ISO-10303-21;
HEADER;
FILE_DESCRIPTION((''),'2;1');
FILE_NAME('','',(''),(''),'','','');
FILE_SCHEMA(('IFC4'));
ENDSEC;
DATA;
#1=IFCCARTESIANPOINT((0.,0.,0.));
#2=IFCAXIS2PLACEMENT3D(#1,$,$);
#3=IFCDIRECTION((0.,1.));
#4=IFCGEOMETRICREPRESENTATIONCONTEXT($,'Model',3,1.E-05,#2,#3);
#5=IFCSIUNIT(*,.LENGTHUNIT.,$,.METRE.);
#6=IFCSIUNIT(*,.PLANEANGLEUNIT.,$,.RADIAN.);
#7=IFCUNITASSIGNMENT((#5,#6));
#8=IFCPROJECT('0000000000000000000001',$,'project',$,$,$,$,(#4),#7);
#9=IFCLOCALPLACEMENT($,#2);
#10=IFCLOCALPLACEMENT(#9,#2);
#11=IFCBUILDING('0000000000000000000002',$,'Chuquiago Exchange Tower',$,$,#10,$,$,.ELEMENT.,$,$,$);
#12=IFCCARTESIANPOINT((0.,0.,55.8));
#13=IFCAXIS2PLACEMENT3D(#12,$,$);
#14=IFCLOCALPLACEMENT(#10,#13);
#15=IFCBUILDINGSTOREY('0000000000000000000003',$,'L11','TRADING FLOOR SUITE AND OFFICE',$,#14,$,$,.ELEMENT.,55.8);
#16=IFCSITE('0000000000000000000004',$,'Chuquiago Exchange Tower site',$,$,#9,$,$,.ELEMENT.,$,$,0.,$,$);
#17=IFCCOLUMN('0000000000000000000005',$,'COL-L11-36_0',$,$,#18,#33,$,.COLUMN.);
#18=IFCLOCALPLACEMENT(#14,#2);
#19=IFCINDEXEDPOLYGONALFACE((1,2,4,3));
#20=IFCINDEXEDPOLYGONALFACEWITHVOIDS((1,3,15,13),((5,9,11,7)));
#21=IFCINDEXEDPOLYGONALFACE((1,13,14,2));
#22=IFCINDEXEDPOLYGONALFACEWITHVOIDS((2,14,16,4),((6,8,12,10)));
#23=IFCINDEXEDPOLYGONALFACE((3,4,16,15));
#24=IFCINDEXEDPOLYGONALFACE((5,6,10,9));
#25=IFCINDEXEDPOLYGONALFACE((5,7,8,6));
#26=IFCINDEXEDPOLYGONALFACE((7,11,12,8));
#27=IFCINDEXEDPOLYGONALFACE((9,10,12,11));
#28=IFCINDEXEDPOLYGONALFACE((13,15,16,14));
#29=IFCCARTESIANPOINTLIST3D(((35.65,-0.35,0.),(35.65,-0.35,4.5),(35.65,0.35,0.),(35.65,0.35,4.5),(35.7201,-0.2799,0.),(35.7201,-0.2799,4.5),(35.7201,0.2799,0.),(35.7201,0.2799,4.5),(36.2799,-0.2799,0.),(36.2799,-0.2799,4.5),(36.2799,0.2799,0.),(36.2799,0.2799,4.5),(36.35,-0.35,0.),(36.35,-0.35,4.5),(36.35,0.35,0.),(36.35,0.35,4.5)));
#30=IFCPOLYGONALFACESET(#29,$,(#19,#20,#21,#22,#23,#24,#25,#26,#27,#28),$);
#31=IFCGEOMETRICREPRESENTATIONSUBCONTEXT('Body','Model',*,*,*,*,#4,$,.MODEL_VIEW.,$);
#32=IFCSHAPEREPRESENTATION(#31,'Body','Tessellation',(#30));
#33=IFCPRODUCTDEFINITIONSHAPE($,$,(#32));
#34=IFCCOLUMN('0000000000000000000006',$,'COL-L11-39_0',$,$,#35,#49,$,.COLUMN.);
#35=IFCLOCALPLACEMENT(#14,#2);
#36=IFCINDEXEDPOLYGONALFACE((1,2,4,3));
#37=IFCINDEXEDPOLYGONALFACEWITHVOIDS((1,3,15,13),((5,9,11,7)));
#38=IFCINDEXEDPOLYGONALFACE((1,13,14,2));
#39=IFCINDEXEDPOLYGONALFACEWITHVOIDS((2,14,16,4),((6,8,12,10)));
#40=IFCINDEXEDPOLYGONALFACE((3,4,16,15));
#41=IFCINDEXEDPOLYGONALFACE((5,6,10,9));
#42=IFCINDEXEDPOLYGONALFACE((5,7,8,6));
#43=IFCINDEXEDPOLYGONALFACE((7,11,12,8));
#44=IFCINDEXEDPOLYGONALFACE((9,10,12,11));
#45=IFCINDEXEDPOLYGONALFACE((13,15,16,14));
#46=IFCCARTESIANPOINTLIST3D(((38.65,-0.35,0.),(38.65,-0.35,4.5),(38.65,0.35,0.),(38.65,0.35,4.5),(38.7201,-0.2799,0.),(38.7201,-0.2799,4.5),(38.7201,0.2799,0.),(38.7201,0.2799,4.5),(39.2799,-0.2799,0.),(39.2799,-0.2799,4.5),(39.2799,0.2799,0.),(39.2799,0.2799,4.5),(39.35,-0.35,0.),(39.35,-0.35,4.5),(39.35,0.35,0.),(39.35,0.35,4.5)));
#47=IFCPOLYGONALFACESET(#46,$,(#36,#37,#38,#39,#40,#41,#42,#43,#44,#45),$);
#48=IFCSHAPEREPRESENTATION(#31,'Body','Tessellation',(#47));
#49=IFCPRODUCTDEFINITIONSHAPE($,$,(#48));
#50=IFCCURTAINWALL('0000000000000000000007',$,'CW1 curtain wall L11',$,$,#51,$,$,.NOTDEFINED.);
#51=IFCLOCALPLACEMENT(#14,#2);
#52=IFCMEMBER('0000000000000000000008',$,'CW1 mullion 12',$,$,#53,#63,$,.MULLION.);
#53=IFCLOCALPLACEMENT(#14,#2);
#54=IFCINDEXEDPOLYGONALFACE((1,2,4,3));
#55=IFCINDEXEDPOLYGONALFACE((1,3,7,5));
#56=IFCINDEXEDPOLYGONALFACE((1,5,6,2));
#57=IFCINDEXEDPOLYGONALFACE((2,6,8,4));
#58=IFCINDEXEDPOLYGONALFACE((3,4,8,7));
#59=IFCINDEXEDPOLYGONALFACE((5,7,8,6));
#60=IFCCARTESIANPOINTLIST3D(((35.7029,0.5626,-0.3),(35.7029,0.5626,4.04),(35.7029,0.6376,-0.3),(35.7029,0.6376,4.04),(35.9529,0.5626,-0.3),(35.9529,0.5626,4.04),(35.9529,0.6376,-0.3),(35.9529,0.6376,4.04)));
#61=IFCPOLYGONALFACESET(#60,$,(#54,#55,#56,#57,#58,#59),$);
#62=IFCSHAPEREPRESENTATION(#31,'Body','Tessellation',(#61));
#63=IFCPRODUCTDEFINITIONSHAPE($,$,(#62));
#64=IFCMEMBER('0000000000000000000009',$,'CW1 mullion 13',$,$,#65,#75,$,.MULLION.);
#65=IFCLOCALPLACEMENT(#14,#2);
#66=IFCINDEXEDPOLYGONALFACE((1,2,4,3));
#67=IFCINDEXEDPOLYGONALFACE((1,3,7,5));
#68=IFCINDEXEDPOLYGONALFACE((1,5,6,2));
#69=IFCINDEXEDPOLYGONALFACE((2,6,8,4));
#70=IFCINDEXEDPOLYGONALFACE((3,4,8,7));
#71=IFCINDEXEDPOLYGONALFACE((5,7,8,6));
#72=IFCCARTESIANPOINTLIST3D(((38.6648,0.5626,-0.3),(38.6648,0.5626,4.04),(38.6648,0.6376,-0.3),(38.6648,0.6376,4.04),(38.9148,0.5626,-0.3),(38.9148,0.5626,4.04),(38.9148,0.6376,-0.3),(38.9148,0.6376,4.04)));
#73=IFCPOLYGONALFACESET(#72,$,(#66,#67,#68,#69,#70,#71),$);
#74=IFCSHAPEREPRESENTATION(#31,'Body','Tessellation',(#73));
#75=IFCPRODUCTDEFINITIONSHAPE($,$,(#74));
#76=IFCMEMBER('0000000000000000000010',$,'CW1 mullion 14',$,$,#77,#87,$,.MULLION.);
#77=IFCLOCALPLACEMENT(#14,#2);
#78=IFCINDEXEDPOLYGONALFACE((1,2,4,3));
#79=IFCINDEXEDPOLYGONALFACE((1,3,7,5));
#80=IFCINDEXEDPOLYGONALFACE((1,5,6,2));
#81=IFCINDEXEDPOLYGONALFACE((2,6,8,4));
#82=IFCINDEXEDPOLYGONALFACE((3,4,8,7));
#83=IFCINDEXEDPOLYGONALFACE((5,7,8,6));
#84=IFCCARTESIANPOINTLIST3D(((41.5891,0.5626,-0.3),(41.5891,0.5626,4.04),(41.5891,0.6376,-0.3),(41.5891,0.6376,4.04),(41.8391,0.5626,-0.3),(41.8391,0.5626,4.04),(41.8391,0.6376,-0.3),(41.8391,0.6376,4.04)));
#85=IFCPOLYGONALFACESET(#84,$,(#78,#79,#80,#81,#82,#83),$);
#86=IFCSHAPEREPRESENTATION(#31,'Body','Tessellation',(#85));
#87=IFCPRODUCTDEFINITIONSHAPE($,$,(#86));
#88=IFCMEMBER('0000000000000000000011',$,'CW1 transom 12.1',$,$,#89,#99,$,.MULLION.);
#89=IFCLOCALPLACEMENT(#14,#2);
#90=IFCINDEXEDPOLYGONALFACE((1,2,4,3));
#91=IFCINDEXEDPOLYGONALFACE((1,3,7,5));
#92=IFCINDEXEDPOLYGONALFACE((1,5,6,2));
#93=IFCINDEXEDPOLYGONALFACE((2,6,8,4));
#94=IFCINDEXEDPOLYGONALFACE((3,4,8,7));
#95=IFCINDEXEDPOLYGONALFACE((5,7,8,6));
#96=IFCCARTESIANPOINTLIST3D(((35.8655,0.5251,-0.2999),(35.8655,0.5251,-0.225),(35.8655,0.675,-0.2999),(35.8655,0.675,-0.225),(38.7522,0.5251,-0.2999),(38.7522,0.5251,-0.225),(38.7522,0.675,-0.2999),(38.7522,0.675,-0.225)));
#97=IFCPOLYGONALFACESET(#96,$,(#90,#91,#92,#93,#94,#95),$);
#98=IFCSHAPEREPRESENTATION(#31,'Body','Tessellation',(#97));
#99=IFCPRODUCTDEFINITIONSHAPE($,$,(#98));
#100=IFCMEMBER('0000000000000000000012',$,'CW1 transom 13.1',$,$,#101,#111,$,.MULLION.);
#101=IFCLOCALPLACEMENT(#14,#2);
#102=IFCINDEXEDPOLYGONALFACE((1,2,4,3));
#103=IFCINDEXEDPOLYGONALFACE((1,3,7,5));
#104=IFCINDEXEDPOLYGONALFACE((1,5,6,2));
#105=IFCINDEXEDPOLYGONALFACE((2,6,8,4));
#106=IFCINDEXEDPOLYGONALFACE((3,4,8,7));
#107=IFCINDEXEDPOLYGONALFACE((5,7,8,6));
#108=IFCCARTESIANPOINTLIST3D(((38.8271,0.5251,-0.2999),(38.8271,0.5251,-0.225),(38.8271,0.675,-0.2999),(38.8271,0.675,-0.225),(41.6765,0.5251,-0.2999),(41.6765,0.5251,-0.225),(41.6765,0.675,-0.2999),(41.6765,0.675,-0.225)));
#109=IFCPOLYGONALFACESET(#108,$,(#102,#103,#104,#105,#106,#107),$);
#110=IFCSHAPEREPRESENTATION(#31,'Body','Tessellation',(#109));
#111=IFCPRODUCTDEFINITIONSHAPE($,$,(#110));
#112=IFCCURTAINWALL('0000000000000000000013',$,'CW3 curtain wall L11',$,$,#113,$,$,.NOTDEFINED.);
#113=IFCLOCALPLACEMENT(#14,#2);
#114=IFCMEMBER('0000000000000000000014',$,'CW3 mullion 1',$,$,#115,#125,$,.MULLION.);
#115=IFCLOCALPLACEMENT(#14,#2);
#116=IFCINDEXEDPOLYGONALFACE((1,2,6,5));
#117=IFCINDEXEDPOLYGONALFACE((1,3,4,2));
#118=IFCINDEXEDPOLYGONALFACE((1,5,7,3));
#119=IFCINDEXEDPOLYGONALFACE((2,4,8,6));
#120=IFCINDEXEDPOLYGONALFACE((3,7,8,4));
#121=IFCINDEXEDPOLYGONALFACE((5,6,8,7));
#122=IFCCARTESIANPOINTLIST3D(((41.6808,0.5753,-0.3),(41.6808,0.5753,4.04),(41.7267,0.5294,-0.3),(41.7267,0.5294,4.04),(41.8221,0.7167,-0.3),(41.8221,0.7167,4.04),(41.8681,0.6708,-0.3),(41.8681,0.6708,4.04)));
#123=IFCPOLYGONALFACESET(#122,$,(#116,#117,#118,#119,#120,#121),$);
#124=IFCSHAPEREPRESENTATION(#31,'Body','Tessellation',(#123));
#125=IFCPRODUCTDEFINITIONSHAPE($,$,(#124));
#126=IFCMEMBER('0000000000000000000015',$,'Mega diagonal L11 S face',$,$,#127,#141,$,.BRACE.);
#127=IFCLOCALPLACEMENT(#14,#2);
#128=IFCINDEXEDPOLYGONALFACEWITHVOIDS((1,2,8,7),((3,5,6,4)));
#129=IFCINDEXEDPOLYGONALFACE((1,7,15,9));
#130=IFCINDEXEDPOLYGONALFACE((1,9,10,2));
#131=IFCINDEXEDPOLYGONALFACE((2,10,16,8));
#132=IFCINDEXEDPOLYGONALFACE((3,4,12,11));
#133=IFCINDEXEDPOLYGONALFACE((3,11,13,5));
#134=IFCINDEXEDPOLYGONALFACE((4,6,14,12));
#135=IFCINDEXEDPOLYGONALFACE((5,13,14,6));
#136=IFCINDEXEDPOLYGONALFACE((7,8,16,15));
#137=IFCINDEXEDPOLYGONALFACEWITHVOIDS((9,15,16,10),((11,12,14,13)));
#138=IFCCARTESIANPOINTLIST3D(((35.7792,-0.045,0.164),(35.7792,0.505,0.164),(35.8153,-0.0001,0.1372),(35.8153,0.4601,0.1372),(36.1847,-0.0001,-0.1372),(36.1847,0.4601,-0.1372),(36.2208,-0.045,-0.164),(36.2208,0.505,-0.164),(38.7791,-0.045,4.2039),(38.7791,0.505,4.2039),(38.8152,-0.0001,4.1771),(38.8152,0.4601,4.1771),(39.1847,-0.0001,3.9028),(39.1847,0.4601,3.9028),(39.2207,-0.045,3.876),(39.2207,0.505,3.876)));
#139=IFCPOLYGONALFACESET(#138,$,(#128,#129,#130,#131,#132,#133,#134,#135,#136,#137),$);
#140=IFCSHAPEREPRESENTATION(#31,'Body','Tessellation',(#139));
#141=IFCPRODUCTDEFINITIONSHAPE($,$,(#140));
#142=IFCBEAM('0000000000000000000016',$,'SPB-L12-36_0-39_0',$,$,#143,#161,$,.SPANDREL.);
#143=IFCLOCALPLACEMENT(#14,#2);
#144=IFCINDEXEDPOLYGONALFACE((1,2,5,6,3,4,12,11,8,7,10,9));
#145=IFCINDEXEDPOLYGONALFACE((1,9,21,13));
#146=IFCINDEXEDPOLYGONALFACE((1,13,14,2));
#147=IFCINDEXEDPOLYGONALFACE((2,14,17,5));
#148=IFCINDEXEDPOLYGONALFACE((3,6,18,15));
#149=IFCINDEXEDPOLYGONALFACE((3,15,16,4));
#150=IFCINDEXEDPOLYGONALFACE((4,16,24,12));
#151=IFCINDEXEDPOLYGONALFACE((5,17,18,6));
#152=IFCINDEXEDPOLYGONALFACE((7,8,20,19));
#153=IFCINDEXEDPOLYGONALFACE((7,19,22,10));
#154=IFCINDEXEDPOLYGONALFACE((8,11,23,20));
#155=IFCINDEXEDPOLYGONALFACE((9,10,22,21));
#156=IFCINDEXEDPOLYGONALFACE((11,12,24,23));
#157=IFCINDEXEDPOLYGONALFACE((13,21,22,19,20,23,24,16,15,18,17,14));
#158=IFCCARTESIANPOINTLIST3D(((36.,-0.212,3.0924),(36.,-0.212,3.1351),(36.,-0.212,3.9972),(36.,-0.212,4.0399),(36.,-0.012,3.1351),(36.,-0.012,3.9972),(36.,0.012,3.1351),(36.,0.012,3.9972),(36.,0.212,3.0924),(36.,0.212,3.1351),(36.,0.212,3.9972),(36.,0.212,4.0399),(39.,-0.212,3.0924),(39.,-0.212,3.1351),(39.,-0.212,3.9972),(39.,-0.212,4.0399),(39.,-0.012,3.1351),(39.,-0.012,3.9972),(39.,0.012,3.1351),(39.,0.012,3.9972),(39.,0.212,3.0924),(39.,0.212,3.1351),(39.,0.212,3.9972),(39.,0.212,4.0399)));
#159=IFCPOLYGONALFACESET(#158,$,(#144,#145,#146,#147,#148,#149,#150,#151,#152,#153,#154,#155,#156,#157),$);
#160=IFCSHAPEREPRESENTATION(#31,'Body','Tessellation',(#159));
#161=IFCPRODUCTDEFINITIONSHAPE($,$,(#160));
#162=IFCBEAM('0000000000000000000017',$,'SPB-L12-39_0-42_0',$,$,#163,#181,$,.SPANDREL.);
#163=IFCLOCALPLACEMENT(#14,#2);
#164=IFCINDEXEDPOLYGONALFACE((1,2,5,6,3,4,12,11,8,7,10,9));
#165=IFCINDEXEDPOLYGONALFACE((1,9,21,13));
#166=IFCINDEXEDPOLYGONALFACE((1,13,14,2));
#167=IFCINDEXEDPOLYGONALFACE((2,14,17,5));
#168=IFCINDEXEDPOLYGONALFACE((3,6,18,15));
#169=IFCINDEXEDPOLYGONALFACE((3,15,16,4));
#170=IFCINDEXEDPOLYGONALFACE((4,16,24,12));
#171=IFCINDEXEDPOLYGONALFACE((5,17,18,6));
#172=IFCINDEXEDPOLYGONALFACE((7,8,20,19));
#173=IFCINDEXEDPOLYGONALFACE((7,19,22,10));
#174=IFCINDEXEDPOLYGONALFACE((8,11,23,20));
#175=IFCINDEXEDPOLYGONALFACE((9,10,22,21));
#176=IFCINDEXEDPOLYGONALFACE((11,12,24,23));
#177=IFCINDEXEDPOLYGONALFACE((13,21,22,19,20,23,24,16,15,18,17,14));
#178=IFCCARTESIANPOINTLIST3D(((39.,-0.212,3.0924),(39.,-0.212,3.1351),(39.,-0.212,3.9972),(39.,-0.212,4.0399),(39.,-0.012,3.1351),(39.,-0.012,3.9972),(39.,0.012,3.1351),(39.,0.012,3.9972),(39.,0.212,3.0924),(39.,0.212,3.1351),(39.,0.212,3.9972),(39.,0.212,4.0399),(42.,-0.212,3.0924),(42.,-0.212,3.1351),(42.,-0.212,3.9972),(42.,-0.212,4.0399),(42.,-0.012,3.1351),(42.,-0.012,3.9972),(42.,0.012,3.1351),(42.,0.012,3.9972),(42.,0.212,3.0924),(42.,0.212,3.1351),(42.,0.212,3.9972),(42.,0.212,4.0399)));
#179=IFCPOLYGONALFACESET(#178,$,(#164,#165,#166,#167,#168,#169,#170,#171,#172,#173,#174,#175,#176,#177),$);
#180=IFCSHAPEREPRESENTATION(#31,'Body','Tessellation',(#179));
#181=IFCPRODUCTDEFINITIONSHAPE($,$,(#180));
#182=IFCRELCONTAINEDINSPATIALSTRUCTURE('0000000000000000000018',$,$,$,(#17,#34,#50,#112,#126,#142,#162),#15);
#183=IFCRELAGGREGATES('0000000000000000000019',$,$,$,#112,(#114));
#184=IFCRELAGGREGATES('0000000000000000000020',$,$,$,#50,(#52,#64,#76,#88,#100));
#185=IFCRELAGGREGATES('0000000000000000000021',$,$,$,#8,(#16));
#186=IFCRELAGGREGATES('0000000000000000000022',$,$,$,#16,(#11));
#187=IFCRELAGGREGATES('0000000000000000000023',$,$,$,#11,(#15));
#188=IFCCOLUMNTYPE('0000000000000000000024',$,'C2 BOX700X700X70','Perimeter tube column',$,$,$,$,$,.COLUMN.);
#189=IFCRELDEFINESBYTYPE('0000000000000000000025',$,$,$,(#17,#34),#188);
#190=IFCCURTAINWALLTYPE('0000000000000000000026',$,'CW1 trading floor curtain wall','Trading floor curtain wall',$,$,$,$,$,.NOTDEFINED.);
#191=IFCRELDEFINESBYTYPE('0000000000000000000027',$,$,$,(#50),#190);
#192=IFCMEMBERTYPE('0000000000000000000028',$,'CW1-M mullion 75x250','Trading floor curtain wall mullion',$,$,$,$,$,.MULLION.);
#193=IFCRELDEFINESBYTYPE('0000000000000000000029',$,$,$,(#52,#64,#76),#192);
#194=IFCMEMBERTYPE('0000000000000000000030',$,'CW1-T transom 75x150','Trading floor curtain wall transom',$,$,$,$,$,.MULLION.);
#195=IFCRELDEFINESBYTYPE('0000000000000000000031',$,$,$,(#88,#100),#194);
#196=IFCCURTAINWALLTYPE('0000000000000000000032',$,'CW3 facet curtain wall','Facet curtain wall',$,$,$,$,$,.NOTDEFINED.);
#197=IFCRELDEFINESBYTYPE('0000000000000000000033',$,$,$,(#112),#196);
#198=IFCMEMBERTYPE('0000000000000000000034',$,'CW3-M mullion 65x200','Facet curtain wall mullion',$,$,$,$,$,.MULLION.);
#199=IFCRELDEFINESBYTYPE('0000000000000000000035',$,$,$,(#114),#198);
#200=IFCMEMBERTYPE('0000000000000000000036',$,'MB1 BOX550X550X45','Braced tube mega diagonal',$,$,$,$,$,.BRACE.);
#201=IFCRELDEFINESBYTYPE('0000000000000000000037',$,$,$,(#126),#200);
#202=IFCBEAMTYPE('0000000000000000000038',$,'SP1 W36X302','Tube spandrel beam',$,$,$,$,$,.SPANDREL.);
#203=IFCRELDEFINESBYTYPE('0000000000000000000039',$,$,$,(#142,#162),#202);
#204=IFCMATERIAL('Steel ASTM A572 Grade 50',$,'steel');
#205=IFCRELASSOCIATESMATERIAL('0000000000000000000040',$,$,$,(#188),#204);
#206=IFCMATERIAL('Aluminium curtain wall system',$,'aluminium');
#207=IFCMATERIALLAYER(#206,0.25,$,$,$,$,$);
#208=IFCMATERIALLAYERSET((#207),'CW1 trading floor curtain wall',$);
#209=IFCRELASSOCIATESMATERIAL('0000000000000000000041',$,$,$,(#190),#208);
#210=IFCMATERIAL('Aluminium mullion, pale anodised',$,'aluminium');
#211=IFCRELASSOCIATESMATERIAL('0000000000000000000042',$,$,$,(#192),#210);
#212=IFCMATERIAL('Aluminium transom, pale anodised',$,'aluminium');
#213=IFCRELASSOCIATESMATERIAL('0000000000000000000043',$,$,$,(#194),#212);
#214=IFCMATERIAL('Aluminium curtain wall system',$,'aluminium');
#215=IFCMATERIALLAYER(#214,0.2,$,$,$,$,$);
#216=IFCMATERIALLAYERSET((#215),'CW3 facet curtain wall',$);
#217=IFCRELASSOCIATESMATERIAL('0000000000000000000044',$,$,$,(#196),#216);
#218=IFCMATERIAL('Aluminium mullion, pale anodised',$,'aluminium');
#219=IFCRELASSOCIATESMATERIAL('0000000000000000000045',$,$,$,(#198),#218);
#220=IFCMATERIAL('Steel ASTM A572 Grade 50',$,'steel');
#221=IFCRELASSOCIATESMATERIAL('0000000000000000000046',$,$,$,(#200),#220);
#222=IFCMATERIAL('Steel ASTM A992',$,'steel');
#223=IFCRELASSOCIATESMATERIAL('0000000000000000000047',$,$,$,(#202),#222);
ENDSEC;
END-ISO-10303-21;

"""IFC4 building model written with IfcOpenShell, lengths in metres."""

from ifc_helpers import new_model, si_unit, direction, frame, origin, origin_2d, place, context, subcontext, project, spatial, rectangle, hollow_rectangle, i_section, extrude, material, layer, layer_set, material_profile, profile_set, type_object, element, aggregate, save


model = new_model("IFC4")

# Units and contexts
model_context = context("Model", 3, precision=1e-05, world=origin(), true_north=direction((0.0, 1.0)))
body_context = subcontext(model_context, "Body", "Model", "MODEL_VIEW")
ifc_project = project(units=[si_unit("LENGTHUNIT", "METRE"), si_unit("PLANEANGLEUNIT", "RADIAN")], contexts=[model_context])

# Site, building, storey
site_placement = place(None, origin())
site = spatial("IfcSite", under=ifc_project, at=site_placement, Name="Chuquiago Exchange Tower site", CompositionType="ELEMENT", RefElevation=0.0)
building_placement = place(site_placement, origin())
building = spatial("IfcBuilding", under=site, at=building_placement, Name="Chuquiago Exchange Tower", CompositionType="ELEMENT")
storey_placement = place(building_placement, frame((0.0, 0.0, 55.8)))
storey = spatial("IfcBuildingStorey", under=building, at=storey_placement, Name="L11", Description="TRADING FLOOR SUITE AND OFFICE", CompositionType="ELEMENT", Elevation=55.8)

# Columns
ifc_material_1 = material(Name="Steel ASTM A572 Grade 50", Category="steel")
ifc_material_profile_1 = material_profile(ifc_material_1, hollow_rectangle(XDim=0.7, YDim=0.7, WallThickness=0.0701, at=origin_2d()), Name="BOX700X700X70")
ifc_profile_set_1 = profile_set([ifc_material_profile_1], Name="Steel ASTM A572 Grade 50")
column_type = type_object("IfcColumnType", Name="C2 BOX700X700X70", Description="Perimeter tube column", PredefinedType="COLUMN", material=ifc_profile_set_1)
for number, where, z_axis, x_axis, name in (
    (1, (36.0, 0.0, 0.0), (0.0, 0.0, 1.0), (0.0, -1.0, 0.0), "COL-L11-36_0"),
    (2, (39.0, 0.0, 0.0), (0.0, 0.0, 1.0), (0.0, -1.0, 0.0), "COL-L11-39_0"),
):
    element("IfcColumn", number, at=place(storey_placement, frame(where, z_axis=z_axis, x_axis=x_axis)), inside=storey, type_object=column_type, Name=name, PredefinedType="COLUMN", context=body_context, shape_type="SweptSolid", body=[
        extrude(hollow_rectangle(XDim=0.7, YDim=0.7, WallThickness=0.0701, at=origin_2d()), origin(), (0.0, 0.0, 1.0), 4.5),
    ])

# Curtain wall, members
ifc_material_2 = material(Name="Aluminium curtain wall system", Category="aluminium")
ifc_layer_1 = layer(ifc_material_2, 0.25)
ifc_layer_set_1 = layer_set([ifc_layer_1], Name="CW1 trading floor curtain wall")
curtain_wall_type_1 = type_object("IfcCurtainWallType", Name="CW1 trading floor curtain wall", Description="Trading floor curtain wall", PredefinedType="NOTDEFINED", material=ifc_layer_set_1)
curtain_wall_1_placement = place(storey_placement, origin())
curtain_wall_1 = element("IfcCurtainWall", 3, at=curtain_wall_1_placement, inside=storey, type_object=curtain_wall_type_1, Name="CW1 curtain wall L11", PredefinedType="NOTDEFINED")
ifc_material_3 = material(Name="Aluminium mullion, pale anodised", Category="aluminium")
ifc_material_profile_2 = material_profile(ifc_material_3, rectangle(XDim=0.075, YDim=0.25, at=origin_2d()), Name="AL 75x250")
ifc_profile_set_2 = profile_set([ifc_material_profile_2], Name="Aluminium mullion, pale anodised")
member_type_1 = type_object("IfcMemberType", Name="CW1-M mullion 75x250", Description="Trading floor curtain wall mullion", PredefinedType="MULLION", material=ifc_profile_set_2)
member_1_placement = place(storey_placement, frame((35.8279, 0.6001, -0.3), z_axis=(0.0, 0.0, 1.0), x_axis=(0.0, 1.0, 0.0)))
member_1 = element("IfcMember", 4, at=member_1_placement, type_object=member_type_1, Name="CW1 mullion 12", PredefinedType="MULLION", context=body_context, shape_type="SweptSolid", body=[
    extrude(rectangle(XDim=0.075, YDim=0.25, at=origin_2d()), origin(), (0.0, 0.0, 1.0), 4.3401),
])
member_2_placement = place(storey_placement, frame((38.7898, 0.6001, -0.3), z_axis=(0.0, 0.0, 1.0), x_axis=(0.0, 1.0, 0.0)))
member_2 = element("IfcMember", 5, at=member_2_placement, type_object=member_type_1, Name="CW1 mullion 13", PredefinedType="MULLION", context=body_context, shape_type="SweptSolid", body=[
    extrude(rectangle(XDim=0.075, YDim=0.25, at=origin_2d()), origin(), (0.0, 0.0, 1.0), 4.3401),
])
member_3_placement = place(storey_placement, frame((41.7141, 0.6001, -0.3), z_axis=(0.0, 0.0, 1.0), x_axis=(0.0, 1.0, 0.0)))
member_3 = element("IfcMember", 6, at=member_3_placement, type_object=member_type_1, Name="CW1 mullion 14", PredefinedType="MULLION", context=body_context, shape_type="SweptSolid", body=[
    extrude(rectangle(XDim=0.075, YDim=0.25, at=origin_2d()), origin(), (0.0, 0.0, 1.0), 4.3401),
])
ifc_material_4 = material(Name="Aluminium transom, pale anodised", Category="aluminium")
ifc_material_profile_3 = material_profile(ifc_material_4, rectangle(XDim=0.1499, YDim=0.075, at=origin_2d()), Name="AL 150x75")
ifc_profile_set_3 = profile_set([ifc_material_profile_3], Name="Aluminium transom, pale anodised")
member_type_2 = type_object("IfcMemberType", Name="CW1-T transom 75x150", Description="Trading floor curtain wall transom", PredefinedType="MULLION", material=ifc_profile_set_3)
member_4_placement = place(storey_placement, frame((35.8655, 0.6001, -0.2625), z_axis=(1.0, 0.0, 0.0), x_axis=(0.0, 1.0, 0.0)))
member_4 = element("IfcMember", 7, at=member_4_placement, type_object=member_type_2, Name="CW1 transom 12.1", PredefinedType="MULLION", context=body_context, shape_type="SweptSolid", body=[
    extrude(rectangle(XDim=0.1499, YDim=0.075, at=origin_2d()), origin(), (0.0, 0.0, 1.0), 2.8867),
])
member_5_placement = place(storey_placement, frame((38.8271, 0.6001, -0.2625), z_axis=(1.0, 0.0, 0.0), x_axis=(0.0, 1.0, 0.0)))
member_5 = element("IfcMember", 8, at=member_5_placement, type_object=member_type_2, Name="CW1 transom 13.1", PredefinedType="MULLION", context=body_context, shape_type="SweptSolid", body=[
    extrude(rectangle(XDim=0.1499, YDim=0.075, at=origin_2d()), origin(), (0.0, 0.0, 1.0), 2.8494),
])

# Curtain wall, member
ifc_material_5 = material(Name="Aluminium curtain wall system", Category="aluminium")
ifc_layer_2 = layer(ifc_material_5, 0.2)
ifc_layer_set_2 = layer_set([ifc_layer_2], Name="CW3 facet curtain wall")
curtain_wall_type_2 = type_object("IfcCurtainWallType", Name="CW3 facet curtain wall", Description="Facet curtain wall", PredefinedType="NOTDEFINED", material=ifc_layer_set_2)
curtain_wall_2_placement = place(storey_placement, origin())
curtain_wall_2 = element("IfcCurtainWall", 9, at=curtain_wall_2_placement, inside=storey, type_object=curtain_wall_type_2, Name="CW3 curtain wall L11", PredefinedType="NOTDEFINED")
ifc_material_6 = material(Name="Aluminium mullion, pale anodised", Category="aluminium")
ifc_material_profile_4 = material_profile(ifc_material_6, rectangle(XDim=0.0649, YDim=0.2, at=origin_2d()), Name="AL 65x200")
ifc_profile_set_4 = profile_set([ifc_material_profile_4], Name="Aluminium mullion, pale anodised")
member_type_3 = type_object("IfcMemberType", Name="CW3-M mullion 65x200", Description="Facet curtain wall mullion", PredefinedType="MULLION", material=ifc_profile_set_4)
member_6_placement = place(storey_placement, frame((41.7744, 0.623, -0.3), z_axis=(0.0, 0.0, 1.0), x_axis=(-0.707107, 0.707107, 0.0)))
member_6 = element("IfcMember", 10, at=member_6_placement, type_object=member_type_3, Name="CW3 mullion 1", PredefinedType="MULLION", context=body_context, shape_type="SweptSolid", body=[
    extrude(rectangle(XDim=0.0649, YDim=0.2, at=origin_2d()), origin(), (0.0, 0.0, 1.0), 4.3401),
])
aggregate(curtain_wall_2, [member_6])

# Member
ifc_material_7 = material(Name="Steel ASTM A572 Grade 50", Category="steel")
ifc_material_profile_5 = material_profile(ifc_material_7, hollow_rectangle(XDim=0.55, YDim=0.55, WallThickness=0.0449, at=origin_2d()), Name="BOX550X550X45")
ifc_profile_set_5 = profile_set([ifc_material_profile_5], Name="Steel ASTM A572 Grade 50")
member_type_4 = type_object("IfcMemberType", Name="MB1 BOX550X550X45", Description="Braced tube mega diagonal", PredefinedType="BRACE", material=ifc_profile_set_5)
member_7_placement = place(storey_placement, frame((36.0, 0.23, 0.0), z_axis=(0.596174, 0.0, 0.802855), x_axis=(0.0, 1.0, 0.0)))
element("IfcMember", 11, at=member_7_placement, inside=storey, type_object=member_type_4, Name="Mega diagonal L11 S face", PredefinedType="BRACE", context=body_context, shape_type="SweptSolid", body=[
    extrude(hollow_rectangle(XDim=0.55, YDim=0.55, WallThickness=0.0449, at=origin_2d()), origin(), (0.0, 0.0, 1.0), 5.032),
])

# Beams
ifc_material_8 = material(Name="Steel ASTM A992", Category="steel")
ifc_material_profile_6 = material_profile(ifc_material_8, i_section(OverallWidth=0.4241, OverallDepth=0.9475, WebThickness=0.0239, FlangeThickness=0.0427, at=origin_2d()), Name="W36X302")
ifc_profile_set_6 = profile_set([ifc_material_profile_6], Name="Steel ASTM A992")
beam_type = type_object("IfcBeamType", Name="SP1 W36X302", Description="Tube spandrel beam", PredefinedType="SPANDREL", material=ifc_profile_set_6)
for number, where, z_axis, x_axis, name in (
    (12, (36.0, 0.0, 3.5662), (1.0, 0.0, 0.0), (0.0, 1.0, 0.0), "SPB-L12-36_0-39_0"),
    (13, (39.0, 0.0, 3.5662), (1.0, 0.0, 0.0), (0.0, 1.0, 0.0), "SPB-L12-39_0-42_0"),
):
    element("IfcBeam", number, at=place(storey_placement, frame(where, z_axis=z_axis, x_axis=x_axis)), inside=storey, type_object=beam_type, Name=name, PredefinedType="SPANDREL", context=body_context, shape_type="SweptSolid", body=[
        extrude(i_section(OverallWidth=0.4241, OverallDepth=0.9475, WebThickness=0.0239, FlangeThickness=0.0427, at=origin_2d()), origin(), (0.0, 0.0, 1.0), 3.0),
    ])

aggregate(curtain_wall_1, [member_1, member_2, member_3, member_4, member_5])

save(model, "model.ifc")
